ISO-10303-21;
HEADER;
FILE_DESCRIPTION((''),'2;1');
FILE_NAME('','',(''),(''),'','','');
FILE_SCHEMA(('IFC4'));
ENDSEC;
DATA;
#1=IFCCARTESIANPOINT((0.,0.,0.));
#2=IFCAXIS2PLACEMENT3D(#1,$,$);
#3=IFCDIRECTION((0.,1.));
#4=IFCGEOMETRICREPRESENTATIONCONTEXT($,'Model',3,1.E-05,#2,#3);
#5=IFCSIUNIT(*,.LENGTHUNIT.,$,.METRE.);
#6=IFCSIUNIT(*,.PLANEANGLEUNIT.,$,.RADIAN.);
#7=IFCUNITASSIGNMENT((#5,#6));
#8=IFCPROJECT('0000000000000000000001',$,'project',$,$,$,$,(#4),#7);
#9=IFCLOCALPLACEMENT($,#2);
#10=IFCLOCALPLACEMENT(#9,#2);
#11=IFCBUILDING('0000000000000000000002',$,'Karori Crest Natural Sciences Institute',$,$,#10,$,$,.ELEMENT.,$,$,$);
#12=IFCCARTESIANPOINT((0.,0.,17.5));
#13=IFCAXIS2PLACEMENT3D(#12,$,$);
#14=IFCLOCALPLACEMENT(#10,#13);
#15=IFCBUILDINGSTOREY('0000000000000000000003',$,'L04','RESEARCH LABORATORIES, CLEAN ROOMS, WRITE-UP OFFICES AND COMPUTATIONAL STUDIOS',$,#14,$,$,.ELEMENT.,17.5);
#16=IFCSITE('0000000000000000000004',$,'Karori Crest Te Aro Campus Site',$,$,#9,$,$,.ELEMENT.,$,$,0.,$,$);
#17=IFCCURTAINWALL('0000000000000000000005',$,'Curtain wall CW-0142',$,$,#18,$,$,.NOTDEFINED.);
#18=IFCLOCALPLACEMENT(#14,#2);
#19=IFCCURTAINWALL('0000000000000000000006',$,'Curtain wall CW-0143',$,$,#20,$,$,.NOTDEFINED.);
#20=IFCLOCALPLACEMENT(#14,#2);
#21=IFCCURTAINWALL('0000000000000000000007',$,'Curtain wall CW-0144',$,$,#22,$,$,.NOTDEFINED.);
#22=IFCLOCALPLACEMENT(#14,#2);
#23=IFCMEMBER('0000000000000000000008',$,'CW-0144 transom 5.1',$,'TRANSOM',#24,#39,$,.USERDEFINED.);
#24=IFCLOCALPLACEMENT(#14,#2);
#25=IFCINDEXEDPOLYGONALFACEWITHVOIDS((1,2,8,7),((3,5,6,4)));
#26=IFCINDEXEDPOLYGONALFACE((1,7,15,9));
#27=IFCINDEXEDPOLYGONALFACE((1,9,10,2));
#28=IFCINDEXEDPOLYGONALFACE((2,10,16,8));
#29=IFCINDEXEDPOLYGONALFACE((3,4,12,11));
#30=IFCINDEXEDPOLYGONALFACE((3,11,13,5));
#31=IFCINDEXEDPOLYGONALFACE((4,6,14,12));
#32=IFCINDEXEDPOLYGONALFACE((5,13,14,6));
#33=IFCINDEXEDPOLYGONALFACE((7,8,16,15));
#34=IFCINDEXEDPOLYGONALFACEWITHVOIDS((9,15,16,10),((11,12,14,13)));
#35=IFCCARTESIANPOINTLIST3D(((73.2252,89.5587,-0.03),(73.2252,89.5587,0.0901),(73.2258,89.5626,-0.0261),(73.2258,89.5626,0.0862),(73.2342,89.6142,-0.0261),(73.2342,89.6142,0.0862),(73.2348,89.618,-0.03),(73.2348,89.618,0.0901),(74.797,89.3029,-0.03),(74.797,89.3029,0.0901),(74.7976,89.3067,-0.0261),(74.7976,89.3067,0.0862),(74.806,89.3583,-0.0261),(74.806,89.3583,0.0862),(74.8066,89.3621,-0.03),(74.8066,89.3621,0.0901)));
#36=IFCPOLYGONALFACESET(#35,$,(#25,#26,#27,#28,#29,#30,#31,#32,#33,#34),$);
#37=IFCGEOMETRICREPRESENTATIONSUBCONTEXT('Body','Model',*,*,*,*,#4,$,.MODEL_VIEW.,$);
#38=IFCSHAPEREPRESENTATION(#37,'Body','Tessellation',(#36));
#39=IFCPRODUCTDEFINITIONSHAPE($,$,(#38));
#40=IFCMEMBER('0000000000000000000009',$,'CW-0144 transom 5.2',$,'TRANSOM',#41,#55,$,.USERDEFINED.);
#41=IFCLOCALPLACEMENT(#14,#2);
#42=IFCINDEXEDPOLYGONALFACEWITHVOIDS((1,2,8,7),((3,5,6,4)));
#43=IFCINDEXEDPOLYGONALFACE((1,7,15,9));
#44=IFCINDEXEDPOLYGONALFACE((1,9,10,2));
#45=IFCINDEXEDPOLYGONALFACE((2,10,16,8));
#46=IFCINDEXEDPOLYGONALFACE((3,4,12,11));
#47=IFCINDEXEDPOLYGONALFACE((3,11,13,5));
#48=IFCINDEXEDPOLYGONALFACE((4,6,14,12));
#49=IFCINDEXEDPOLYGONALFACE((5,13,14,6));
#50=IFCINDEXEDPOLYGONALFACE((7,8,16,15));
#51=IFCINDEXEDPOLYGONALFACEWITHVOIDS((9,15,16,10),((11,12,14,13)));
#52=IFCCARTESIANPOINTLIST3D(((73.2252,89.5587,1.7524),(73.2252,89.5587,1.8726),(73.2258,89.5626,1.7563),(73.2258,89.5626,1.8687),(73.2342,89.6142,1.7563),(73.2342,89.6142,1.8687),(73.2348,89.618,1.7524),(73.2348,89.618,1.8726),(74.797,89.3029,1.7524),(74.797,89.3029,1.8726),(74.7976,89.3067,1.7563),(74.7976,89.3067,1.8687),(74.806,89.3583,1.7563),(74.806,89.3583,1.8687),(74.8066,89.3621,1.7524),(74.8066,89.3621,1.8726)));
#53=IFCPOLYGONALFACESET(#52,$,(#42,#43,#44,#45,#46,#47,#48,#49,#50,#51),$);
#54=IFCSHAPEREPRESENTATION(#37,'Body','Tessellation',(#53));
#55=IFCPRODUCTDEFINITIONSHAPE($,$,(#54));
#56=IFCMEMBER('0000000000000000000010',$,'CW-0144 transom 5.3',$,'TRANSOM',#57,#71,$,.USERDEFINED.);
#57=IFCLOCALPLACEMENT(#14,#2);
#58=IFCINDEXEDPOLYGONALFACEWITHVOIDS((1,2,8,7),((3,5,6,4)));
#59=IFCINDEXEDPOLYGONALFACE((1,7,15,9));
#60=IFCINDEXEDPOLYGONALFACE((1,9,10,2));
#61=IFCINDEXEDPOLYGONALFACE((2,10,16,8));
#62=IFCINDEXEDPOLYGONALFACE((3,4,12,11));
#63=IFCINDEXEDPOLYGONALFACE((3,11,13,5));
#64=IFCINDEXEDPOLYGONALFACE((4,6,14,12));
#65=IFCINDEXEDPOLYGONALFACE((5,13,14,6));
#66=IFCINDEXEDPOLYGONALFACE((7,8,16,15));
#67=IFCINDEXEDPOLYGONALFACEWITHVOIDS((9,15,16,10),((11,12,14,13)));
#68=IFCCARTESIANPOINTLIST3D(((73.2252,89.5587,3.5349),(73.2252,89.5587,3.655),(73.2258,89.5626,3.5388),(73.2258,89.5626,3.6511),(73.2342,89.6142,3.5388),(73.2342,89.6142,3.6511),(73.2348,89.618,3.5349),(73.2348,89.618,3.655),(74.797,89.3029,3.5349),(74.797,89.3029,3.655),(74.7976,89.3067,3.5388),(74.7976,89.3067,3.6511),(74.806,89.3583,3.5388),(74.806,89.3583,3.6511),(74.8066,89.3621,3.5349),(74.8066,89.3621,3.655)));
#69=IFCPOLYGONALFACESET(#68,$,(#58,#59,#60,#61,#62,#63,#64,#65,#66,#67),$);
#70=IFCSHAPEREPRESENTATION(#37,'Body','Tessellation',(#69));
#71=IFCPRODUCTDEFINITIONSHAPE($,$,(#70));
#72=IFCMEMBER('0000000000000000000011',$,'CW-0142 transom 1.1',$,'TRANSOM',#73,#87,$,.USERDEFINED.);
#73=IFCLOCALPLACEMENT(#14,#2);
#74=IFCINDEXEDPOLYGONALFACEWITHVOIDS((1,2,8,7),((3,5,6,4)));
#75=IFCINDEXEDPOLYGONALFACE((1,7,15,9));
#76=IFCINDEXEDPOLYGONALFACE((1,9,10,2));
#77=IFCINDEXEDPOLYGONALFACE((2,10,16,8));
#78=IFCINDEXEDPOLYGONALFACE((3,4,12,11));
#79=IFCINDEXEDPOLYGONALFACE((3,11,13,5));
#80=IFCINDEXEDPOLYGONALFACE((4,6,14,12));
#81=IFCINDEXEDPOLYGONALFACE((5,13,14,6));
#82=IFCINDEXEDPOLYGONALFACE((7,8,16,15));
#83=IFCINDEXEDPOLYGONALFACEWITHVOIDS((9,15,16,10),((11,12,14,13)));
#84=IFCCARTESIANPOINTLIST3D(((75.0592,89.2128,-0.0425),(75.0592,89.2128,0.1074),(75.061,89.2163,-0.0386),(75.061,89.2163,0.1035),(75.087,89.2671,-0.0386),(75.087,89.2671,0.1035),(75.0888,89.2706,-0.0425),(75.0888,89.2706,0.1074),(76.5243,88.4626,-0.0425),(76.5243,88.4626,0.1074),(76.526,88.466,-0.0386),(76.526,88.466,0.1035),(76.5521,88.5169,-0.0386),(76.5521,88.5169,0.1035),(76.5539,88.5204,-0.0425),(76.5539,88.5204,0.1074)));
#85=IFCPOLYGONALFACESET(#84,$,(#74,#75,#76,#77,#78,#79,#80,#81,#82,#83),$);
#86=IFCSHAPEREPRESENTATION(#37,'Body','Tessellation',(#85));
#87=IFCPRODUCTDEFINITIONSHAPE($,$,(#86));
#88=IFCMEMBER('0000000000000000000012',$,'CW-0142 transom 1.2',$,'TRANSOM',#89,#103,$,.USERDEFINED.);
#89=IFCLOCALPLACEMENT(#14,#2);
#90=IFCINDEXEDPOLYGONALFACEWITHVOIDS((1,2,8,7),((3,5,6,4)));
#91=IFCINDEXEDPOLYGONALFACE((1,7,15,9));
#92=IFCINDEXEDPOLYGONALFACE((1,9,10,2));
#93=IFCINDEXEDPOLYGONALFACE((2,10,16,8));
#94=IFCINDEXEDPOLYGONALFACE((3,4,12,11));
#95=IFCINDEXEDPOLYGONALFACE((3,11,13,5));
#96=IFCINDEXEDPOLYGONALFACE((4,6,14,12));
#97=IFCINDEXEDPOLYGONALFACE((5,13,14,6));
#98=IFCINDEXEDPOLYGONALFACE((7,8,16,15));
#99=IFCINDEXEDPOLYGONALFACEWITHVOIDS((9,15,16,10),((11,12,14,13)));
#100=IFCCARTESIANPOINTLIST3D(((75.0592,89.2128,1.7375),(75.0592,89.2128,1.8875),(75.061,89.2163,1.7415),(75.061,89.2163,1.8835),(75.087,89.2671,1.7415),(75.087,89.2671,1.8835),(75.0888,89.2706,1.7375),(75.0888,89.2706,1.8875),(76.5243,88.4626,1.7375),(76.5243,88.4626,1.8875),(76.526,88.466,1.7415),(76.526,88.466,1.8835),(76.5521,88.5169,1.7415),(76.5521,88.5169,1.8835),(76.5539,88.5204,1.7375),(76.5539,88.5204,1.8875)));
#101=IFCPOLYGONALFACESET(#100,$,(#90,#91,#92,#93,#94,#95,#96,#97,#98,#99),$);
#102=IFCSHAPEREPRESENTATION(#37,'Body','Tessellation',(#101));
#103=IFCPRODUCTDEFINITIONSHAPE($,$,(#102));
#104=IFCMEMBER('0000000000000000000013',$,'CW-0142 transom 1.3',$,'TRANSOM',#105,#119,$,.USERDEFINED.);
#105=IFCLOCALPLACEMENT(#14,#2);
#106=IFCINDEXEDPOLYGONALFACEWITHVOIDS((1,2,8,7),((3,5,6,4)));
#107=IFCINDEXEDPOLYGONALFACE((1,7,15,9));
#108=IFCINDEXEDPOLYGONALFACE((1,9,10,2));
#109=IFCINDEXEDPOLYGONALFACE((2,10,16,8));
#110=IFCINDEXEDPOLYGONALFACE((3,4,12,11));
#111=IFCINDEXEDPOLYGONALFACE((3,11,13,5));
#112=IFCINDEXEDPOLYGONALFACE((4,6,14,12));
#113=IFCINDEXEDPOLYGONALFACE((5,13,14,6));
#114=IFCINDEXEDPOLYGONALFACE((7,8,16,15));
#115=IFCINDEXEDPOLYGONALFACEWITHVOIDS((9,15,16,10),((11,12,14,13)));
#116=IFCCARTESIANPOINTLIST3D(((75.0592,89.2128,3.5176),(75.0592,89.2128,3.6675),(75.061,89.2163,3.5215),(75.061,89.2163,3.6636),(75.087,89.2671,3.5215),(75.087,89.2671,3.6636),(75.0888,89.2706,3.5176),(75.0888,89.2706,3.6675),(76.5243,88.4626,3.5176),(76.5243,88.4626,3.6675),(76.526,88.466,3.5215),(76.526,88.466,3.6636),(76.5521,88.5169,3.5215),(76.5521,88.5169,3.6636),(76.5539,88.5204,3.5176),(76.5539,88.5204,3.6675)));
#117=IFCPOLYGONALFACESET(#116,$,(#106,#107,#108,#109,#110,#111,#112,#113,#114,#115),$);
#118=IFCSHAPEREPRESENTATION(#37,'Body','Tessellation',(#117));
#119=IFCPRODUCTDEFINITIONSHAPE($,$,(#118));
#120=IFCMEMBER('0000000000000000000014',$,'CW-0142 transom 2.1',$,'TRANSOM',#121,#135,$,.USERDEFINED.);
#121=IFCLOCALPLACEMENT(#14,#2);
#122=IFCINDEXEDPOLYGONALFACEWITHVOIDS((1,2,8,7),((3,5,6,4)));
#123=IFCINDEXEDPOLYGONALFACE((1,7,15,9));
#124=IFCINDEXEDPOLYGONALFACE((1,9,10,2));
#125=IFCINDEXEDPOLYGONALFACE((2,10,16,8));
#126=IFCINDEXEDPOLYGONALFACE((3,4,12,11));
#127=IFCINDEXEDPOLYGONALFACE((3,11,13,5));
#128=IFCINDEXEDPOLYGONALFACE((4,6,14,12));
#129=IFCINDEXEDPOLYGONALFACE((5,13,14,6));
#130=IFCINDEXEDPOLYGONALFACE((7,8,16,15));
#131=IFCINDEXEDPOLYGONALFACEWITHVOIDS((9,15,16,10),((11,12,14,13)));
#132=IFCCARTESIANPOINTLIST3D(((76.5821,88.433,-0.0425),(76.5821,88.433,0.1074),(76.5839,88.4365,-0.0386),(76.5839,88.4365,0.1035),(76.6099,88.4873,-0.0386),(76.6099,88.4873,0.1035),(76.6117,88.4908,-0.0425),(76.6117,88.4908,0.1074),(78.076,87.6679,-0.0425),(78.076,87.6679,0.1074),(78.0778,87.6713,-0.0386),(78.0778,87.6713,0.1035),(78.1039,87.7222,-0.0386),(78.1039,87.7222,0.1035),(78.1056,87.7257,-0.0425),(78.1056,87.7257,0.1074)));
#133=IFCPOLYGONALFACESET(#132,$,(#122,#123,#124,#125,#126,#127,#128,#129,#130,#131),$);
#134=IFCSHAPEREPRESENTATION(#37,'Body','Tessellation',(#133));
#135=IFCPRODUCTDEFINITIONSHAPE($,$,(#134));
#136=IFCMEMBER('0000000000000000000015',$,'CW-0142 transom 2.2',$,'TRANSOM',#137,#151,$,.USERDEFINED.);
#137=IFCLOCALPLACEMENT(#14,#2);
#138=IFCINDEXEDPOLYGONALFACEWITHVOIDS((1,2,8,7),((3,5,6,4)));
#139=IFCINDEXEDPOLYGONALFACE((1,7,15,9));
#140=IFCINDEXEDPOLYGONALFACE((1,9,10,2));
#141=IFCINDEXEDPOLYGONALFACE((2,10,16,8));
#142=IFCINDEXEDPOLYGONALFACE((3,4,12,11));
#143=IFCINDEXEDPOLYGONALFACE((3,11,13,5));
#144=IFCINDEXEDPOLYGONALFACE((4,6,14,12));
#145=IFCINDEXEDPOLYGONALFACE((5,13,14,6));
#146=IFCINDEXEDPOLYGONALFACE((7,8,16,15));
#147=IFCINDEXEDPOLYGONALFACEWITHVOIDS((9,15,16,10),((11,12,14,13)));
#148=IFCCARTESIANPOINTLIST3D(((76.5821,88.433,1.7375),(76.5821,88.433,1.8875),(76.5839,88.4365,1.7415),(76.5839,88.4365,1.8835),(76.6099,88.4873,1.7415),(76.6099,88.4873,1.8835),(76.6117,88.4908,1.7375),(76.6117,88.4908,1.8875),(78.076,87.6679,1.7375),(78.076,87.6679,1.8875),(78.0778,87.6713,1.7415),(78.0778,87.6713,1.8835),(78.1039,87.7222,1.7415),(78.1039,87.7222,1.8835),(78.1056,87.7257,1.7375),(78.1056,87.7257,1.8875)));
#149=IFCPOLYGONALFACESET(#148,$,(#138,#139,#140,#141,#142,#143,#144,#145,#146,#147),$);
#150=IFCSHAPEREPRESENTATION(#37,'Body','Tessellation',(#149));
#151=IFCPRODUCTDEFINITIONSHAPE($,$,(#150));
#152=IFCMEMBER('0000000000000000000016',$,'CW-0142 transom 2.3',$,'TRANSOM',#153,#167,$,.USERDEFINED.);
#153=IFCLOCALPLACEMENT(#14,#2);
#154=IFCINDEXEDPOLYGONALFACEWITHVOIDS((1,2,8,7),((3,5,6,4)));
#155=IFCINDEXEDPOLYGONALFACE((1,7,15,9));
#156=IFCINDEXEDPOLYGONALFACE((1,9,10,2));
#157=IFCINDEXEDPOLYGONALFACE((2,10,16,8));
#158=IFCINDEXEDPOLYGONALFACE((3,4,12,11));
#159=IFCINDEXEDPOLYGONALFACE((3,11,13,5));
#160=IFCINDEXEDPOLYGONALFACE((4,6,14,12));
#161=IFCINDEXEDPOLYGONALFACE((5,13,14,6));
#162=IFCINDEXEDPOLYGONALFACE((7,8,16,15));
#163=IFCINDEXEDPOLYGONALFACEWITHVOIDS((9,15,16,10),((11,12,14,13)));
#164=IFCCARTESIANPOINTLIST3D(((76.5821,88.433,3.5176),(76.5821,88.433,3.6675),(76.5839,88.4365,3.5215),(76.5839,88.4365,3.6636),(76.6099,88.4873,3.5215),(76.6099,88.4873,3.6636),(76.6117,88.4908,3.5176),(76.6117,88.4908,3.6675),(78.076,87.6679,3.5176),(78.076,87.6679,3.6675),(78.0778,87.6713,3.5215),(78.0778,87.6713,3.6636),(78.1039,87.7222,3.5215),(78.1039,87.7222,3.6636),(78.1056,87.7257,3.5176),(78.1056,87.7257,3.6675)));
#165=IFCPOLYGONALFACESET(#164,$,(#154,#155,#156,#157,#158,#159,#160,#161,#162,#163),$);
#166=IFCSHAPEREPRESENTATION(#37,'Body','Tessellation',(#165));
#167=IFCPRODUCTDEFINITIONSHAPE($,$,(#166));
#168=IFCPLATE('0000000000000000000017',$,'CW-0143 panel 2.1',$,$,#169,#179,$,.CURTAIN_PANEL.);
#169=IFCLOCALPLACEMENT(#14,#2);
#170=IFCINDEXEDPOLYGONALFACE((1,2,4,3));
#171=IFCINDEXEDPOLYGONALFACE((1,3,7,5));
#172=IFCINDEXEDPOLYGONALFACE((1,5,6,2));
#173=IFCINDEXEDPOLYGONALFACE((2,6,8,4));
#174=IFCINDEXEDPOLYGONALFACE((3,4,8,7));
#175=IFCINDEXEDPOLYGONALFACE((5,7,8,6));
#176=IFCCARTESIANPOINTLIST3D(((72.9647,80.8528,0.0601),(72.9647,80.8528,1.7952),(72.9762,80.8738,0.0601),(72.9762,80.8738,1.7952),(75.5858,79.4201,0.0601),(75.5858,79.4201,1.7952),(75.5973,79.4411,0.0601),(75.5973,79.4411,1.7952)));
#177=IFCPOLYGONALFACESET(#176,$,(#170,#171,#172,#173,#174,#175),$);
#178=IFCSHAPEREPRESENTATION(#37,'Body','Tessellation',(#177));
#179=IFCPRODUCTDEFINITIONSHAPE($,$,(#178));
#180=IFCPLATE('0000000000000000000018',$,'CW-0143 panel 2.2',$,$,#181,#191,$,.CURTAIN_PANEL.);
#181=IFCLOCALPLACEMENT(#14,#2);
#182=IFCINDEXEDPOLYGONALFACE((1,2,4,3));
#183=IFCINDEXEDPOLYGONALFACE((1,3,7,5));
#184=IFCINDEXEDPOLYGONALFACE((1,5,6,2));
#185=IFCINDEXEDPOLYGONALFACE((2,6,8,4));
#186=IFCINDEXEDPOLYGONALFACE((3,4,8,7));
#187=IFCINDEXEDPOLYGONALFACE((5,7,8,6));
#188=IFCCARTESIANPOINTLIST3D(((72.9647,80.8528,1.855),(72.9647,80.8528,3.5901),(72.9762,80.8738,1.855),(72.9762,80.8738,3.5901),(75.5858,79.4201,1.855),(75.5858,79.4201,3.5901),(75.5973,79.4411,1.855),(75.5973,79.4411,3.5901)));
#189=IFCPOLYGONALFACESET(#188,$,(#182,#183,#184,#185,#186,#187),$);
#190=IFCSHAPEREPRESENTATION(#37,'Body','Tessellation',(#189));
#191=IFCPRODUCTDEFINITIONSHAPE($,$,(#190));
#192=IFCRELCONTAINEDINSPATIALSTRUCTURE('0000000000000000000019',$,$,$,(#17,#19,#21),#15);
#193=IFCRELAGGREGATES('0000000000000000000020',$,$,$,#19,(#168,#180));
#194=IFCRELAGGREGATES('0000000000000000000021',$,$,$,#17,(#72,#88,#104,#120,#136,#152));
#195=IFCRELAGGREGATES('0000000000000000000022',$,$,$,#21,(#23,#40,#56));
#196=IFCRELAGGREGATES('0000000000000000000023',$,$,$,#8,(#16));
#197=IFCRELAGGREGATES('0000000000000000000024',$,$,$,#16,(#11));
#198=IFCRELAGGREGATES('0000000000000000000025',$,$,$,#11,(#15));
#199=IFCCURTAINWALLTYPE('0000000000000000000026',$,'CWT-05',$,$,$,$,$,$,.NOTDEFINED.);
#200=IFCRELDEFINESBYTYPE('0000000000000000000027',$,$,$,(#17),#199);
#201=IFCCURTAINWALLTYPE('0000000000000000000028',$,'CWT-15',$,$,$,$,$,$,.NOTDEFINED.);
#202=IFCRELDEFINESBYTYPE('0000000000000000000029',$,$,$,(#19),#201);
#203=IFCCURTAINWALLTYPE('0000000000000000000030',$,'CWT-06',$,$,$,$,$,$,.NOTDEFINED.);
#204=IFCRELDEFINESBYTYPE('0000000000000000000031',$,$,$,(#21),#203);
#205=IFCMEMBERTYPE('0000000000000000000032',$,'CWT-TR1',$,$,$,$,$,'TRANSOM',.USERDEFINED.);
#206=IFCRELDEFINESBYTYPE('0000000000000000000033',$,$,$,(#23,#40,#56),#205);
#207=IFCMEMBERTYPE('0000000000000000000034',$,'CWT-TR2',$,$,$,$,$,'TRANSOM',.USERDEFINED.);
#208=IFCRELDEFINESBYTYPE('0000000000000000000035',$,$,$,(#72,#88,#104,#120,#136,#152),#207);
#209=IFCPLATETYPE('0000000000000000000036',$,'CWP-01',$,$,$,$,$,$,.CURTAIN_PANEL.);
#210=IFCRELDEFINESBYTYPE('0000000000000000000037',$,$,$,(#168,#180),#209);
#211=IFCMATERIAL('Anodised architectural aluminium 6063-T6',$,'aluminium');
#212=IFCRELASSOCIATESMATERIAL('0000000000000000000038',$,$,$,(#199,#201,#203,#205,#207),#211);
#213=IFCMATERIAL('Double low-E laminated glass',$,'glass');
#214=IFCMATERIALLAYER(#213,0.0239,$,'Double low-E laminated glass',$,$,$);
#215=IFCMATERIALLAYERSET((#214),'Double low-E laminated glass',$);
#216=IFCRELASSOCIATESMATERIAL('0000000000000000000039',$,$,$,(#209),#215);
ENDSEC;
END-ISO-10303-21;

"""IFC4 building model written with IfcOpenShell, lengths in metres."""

from ifc_helpers import new_model, si_unit, direction, frame, origin, origin_2d, place, context, subcontext, project, spatial, rectangle, hollow_rectangle, extrude, material, layer, layer_set, material_profile, profile_set, type_object, element, aggregate, save


model = new_model("IFC4")

# Units and contexts
model_context = context("Model", 3, precision=1e-05, world=origin(), true_north=direction((0.0, 1.0)))
body_context = subcontext(model_context, "Body", "Model", "MODEL_VIEW")
ifc_project = project(units=[si_unit("LENGTHUNIT", "METRE"), si_unit("PLANEANGLEUNIT", "RADIAN")], contexts=[model_context])

# Site, building, storey
site_placement = place(None, origin())
site = spatial("IfcSite", under=ifc_project, at=site_placement, Name="Karori Crest Te Aro Campus Site", CompositionType="ELEMENT", RefElevation=0.0)
building_placement = place(site_placement, origin())
building = spatial("IfcBuilding", under=site, at=building_placement, Name="Karori Crest Natural Sciences Institute", CompositionType="ELEMENT")
storey_placement = place(building_placement, frame((0.0, 0.0, 17.5)))
storey = spatial("IfcBuildingStorey", under=building, at=storey_placement, Name="L04", Description="RESEARCH LABORATORIES, CLEAN ROOMS, WRITE-UP OFFICES AND COMPUTATIONAL STUDIOS", CompositionType="ELEMENT", Elevation=17.5)

# Curtain walls
ifc_material_1 = material(Name="Anodised architectural aluminium 6063-T6", Category="aluminium")
curtain_wall_type_1 = type_object("IfcCurtainWallType", Name="CWT-05", PredefinedType="NOTDEFINED", material=ifc_material_1)
curtain_wall_1_placement = place(storey_placement, origin())
curtain_wall_1 = element("IfcCurtainWall", 1, at=curtain_wall_1_placement, inside=storey, type_object=curtain_wall_type_1, Name="Curtain wall CW-0142", PredefinedType="NOTDEFINED")
curtain_wall_type_2 = type_object("IfcCurtainWallType", Name="CWT-15", PredefinedType="NOTDEFINED", material=ifc_material_1)
curtain_wall_2_placement = place(storey_placement, origin())
curtain_wall_2 = element("IfcCurtainWall", 2, at=curtain_wall_2_placement, inside=storey, type_object=curtain_wall_type_2, Name="Curtain wall CW-0143", PredefinedType="NOTDEFINED")

# Curtain wall
curtain_wall_type_3 = type_object("IfcCurtainWallType", Name="CWT-06", PredefinedType="NOTDEFINED", material=ifc_material_1)
curtain_wall_3_placement = place(storey_placement, origin())
curtain_wall_3 = element("IfcCurtainWall", 3, at=curtain_wall_3_placement, inside=storey, type_object=curtain_wall_type_3, Name="Curtain wall CW-0144", PredefinedType="NOTDEFINED")

# Members
ifc_material_profile_1 = material_profile(ifc_material_1, hollow_rectangle(XDim=0.0601, YDim=0.1201, WallThickness=0.0039, at=origin_2d()), Name="CWT120x60x4")
ifc_profile_set_1 = profile_set([ifc_material_profile_1], Name="Anodised architectural aluminium 6063-T6")
member_type_1 = type_object("IfcMemberType", Name="CWT-TR1", ElementType="TRANSOM", PredefinedType="USERDEFINED", material=ifc_profile_set_1)
member_1_placement = place(storey_placement, frame((73.23, 89.5884, 0.03), z_axis=(0.987008, -0.160669, 0.0), x_axis=(0.160669, 0.987008, 0.0)))
member_1 = element("IfcMember", 4, at=member_1_placement, type_object=member_type_1, Name="CW-0144 transom 5.1", ObjectType="TRANSOM", PredefinedType="USERDEFINED", context=body_context, shape_type="SweptSolid", body=[
    extrude(hollow_rectangle(XDim=0.0601, YDim=0.1201, WallThickness=0.0039, at=origin_2d()), origin(), (0.0, 0.0, 1.0), 1.5925),
])
member_2_placement = place(storey_placement, frame((73.23, 89.5884, 1.8125), z_axis=(0.987008, -0.160669, 0.0), x_axis=(0.160669, 0.987008, 0.0)))
member_2 = element("IfcMember", 5, at=member_2_placement, type_object=member_type_1, Name="CW-0144 transom 5.2", ObjectType="TRANSOM", PredefinedType="USERDEFINED", context=body_context, shape_type="SweptSolid", body=[
    extrude(hollow_rectangle(XDim=0.0601, YDim=0.1201, WallThickness=0.0039, at=origin_2d()), origin(), (0.0, 0.0, 1.0), 1.5925),
])
member_3_placement = place(storey_placement, frame((73.23, 89.5884, 3.595), z_axis=(0.987008, -0.160669, 0.0), x_axis=(0.160669, 0.987008, 0.0)))
member_3 = element("IfcMember", 6, at=member_3_placement, type_object=member_type_1, Name="CW-0144 transom 5.3", ObjectType="TRANSOM", PredefinedType="USERDEFINED", context=body_context, shape_type="SweptSolid", body=[
    extrude(hollow_rectangle(XDim=0.0601, YDim=0.1201, WallThickness=0.0039, at=origin_2d()), origin(), (0.0, 0.0, 1.0), 1.5925),
])
ifc_material_profile_2 = material_profile(ifc_material_1, hollow_rectangle(XDim=0.0649, YDim=0.1499, WallThickness=0.0039, at=origin_2d()), Name="CWT150x65x4")
ifc_profile_set_2 = profile_set([ifc_material_profile_2], Name="Anodised architectural aluminium 6063-T6")
member_type_2 = type_object("IfcMemberType", Name="CWT-TR2", ElementType="TRANSOM", PredefinedType="USERDEFINED", material=ifc_profile_set_2)
member_4_placement = place(storey_placement, frame((75.074, 89.2417, 0.0325), z_axis=(0.890084, -0.455796, 0.0), x_axis=(0.455796, 0.890084, 0.0)))
member_4 = element("IfcMember", 7, at=member_4_placement, type_object=member_type_2, Name="CW-0142 transom 1.1", ObjectType="TRANSOM", PredefinedType="USERDEFINED", context=body_context, shape_type="SweptSolid", body=[
    extrude(hollow_rectangle(XDim=0.0649, YDim=0.1499, WallThickness=0.0039, at=origin_2d()), origin(), (0.0, 0.0, 1.0), 1.646),
])
member_5_placement = place(storey_placement, frame((75.074, 89.2417, 1.8125), z_axis=(0.890084, -0.455796, 0.0), x_axis=(0.455796, 0.890084, 0.0)))
member_5 = element("IfcMember", 8, at=member_5_placement, type_object=member_type_2, Name="CW-0142 transom 1.2", ObjectType="TRANSOM", PredefinedType="USERDEFINED", context=body_context, shape_type="SweptSolid", body=[
    extrude(hollow_rectangle(XDim=0.0649, YDim=0.1499, WallThickness=0.0039, at=origin_2d()), origin(), (0.0, 0.0, 1.0), 1.646),
])
member_6_placement = place(storey_placement, frame((75.074, 89.2417, 3.5925), z_axis=(0.890084, -0.455796, 0.0), x_axis=(0.455796, 0.890084, 0.0)))
member_6 = element("IfcMember", 9, at=member_6_placement, type_object=member_type_2, Name="CW-0142 transom 1.3", ObjectType="TRANSOM", PredefinedType="USERDEFINED", context=body_context, shape_type="SweptSolid", body=[
    extrude(hollow_rectangle(XDim=0.0649, YDim=0.1499, WallThickness=0.0039, at=origin_2d()), origin(), (0.0, 0.0, 1.0), 1.646),
])
member_7_placement = place(storey_placement, frame((76.5969, 88.4619, 0.0325), z_axis=(0.890051, -0.455862, 0.0), x_axis=(0.455862, 0.890051, 0.0)))
member_7 = element("IfcMember", 10, at=member_7_placement, type_object=member_type_2, Name="CW-0142 transom 2.1", ObjectType="TRANSOM", PredefinedType="USERDEFINED", context=body_context, shape_type="SweptSolid", body=[
    extrude(hollow_rectangle(XDim=0.0649, YDim=0.1499, WallThickness=0.0039, at=origin_2d()), origin(), (0.0, 0.0, 1.0), 1.6785),
])
member_8_placement = place(storey_placement, frame((76.5969, 88.4619, 1.8125), z_axis=(0.890051, -0.455862, 0.0), x_axis=(0.455862, 0.890051, 0.0)))
member_8 = element("IfcMember", 11, at=member_8_placement, type_object=member_type_2, Name="CW-0142 transom 2.2", ObjectType="TRANSOM", PredefinedType="USERDEFINED", context=body_context, shape_type="SweptSolid", body=[
    extrude(hollow_rectangle(XDim=0.0649, YDim=0.1499, WallThickness=0.0039, at=origin_2d()), origin(), (0.0, 0.0, 1.0), 1.6785),
])
member_9_placement = place(storey_placement, frame((76.5969, 88.4619, 3.5925), z_axis=(0.890051, -0.455862, 0.0), x_axis=(0.455862, 0.890051, 0.0)))
member_9 = element("IfcMember", 12, at=member_9_placement, type_object=member_type_2, Name="CW-0142 transom 2.3", ObjectType="TRANSOM", PredefinedType="USERDEFINED", context=body_context, shape_type="SweptSolid", body=[
    extrude(hollow_rectangle(XDim=0.0649, YDim=0.1499, WallThickness=0.0039, at=origin_2d()), origin(), (0.0, 0.0, 1.0), 1.6785),
])

# Plates
ifc_material_2 = material(Name="Double low-E laminated glass", Category="glass")
ifc_layer_1 = layer(ifc_material_2, 0.0239, Name="Double low-E laminated glass")
ifc_layer_set_1 = layer_set([ifc_layer_1], Name="Double low-E laminated glass")
plate_type_1 = type_object("IfcPlateType", Name="CWP-01", PredefinedType="CURTAIN_PANEL", material=ifc_layer_set_1)
plate_1_placement = place(storey_placement, frame((74.281, 80.147, 0.0601), z_axis=(0.0, 0.0, 1.0), x_axis=(-0.87747, 0.479631, 0.0)))
plate_1 = element("IfcPlate", 13, at=plate_1_placement, type_object=plate_type_1, Name="CW-0143 panel 2.1", PredefinedType="CURTAIN_PANEL", context=body_context, shape_type="SweptSolid", body=[
    extrude(rectangle(XDim=2.9871, YDim=0.0239, at=origin_2d()), origin(), (0.0, 0.0, 1.0), 1.7351),
])
plate_2_placement = place(storey_placement, frame((74.281, 80.147, 1.855), z_axis=(0.0, 0.0, 1.0), x_axis=(-0.87747, 0.479631, 0.0)))
plate_2 = element("IfcPlate", 14, at=plate_2_placement, type_object=plate_type_1, Name="CW-0143 panel 2.2", PredefinedType="CURTAIN_PANEL", context=body_context, shape_type="SweptSolid", body=[
    extrude(rectangle(XDim=2.9871, YDim=0.0239, at=origin_2d()), origin(), (0.0, 0.0, 1.0), 1.7351),
])
aggregate(curtain_wall_2, [plate_1, plate_2])
aggregate(curtain_wall_1, [member_4, member_5, member_6, member_7, member_8, member_9])
aggregate(curtain_wall_3, [member_1, member_2, member_3])

save(model, "model.ifc")
